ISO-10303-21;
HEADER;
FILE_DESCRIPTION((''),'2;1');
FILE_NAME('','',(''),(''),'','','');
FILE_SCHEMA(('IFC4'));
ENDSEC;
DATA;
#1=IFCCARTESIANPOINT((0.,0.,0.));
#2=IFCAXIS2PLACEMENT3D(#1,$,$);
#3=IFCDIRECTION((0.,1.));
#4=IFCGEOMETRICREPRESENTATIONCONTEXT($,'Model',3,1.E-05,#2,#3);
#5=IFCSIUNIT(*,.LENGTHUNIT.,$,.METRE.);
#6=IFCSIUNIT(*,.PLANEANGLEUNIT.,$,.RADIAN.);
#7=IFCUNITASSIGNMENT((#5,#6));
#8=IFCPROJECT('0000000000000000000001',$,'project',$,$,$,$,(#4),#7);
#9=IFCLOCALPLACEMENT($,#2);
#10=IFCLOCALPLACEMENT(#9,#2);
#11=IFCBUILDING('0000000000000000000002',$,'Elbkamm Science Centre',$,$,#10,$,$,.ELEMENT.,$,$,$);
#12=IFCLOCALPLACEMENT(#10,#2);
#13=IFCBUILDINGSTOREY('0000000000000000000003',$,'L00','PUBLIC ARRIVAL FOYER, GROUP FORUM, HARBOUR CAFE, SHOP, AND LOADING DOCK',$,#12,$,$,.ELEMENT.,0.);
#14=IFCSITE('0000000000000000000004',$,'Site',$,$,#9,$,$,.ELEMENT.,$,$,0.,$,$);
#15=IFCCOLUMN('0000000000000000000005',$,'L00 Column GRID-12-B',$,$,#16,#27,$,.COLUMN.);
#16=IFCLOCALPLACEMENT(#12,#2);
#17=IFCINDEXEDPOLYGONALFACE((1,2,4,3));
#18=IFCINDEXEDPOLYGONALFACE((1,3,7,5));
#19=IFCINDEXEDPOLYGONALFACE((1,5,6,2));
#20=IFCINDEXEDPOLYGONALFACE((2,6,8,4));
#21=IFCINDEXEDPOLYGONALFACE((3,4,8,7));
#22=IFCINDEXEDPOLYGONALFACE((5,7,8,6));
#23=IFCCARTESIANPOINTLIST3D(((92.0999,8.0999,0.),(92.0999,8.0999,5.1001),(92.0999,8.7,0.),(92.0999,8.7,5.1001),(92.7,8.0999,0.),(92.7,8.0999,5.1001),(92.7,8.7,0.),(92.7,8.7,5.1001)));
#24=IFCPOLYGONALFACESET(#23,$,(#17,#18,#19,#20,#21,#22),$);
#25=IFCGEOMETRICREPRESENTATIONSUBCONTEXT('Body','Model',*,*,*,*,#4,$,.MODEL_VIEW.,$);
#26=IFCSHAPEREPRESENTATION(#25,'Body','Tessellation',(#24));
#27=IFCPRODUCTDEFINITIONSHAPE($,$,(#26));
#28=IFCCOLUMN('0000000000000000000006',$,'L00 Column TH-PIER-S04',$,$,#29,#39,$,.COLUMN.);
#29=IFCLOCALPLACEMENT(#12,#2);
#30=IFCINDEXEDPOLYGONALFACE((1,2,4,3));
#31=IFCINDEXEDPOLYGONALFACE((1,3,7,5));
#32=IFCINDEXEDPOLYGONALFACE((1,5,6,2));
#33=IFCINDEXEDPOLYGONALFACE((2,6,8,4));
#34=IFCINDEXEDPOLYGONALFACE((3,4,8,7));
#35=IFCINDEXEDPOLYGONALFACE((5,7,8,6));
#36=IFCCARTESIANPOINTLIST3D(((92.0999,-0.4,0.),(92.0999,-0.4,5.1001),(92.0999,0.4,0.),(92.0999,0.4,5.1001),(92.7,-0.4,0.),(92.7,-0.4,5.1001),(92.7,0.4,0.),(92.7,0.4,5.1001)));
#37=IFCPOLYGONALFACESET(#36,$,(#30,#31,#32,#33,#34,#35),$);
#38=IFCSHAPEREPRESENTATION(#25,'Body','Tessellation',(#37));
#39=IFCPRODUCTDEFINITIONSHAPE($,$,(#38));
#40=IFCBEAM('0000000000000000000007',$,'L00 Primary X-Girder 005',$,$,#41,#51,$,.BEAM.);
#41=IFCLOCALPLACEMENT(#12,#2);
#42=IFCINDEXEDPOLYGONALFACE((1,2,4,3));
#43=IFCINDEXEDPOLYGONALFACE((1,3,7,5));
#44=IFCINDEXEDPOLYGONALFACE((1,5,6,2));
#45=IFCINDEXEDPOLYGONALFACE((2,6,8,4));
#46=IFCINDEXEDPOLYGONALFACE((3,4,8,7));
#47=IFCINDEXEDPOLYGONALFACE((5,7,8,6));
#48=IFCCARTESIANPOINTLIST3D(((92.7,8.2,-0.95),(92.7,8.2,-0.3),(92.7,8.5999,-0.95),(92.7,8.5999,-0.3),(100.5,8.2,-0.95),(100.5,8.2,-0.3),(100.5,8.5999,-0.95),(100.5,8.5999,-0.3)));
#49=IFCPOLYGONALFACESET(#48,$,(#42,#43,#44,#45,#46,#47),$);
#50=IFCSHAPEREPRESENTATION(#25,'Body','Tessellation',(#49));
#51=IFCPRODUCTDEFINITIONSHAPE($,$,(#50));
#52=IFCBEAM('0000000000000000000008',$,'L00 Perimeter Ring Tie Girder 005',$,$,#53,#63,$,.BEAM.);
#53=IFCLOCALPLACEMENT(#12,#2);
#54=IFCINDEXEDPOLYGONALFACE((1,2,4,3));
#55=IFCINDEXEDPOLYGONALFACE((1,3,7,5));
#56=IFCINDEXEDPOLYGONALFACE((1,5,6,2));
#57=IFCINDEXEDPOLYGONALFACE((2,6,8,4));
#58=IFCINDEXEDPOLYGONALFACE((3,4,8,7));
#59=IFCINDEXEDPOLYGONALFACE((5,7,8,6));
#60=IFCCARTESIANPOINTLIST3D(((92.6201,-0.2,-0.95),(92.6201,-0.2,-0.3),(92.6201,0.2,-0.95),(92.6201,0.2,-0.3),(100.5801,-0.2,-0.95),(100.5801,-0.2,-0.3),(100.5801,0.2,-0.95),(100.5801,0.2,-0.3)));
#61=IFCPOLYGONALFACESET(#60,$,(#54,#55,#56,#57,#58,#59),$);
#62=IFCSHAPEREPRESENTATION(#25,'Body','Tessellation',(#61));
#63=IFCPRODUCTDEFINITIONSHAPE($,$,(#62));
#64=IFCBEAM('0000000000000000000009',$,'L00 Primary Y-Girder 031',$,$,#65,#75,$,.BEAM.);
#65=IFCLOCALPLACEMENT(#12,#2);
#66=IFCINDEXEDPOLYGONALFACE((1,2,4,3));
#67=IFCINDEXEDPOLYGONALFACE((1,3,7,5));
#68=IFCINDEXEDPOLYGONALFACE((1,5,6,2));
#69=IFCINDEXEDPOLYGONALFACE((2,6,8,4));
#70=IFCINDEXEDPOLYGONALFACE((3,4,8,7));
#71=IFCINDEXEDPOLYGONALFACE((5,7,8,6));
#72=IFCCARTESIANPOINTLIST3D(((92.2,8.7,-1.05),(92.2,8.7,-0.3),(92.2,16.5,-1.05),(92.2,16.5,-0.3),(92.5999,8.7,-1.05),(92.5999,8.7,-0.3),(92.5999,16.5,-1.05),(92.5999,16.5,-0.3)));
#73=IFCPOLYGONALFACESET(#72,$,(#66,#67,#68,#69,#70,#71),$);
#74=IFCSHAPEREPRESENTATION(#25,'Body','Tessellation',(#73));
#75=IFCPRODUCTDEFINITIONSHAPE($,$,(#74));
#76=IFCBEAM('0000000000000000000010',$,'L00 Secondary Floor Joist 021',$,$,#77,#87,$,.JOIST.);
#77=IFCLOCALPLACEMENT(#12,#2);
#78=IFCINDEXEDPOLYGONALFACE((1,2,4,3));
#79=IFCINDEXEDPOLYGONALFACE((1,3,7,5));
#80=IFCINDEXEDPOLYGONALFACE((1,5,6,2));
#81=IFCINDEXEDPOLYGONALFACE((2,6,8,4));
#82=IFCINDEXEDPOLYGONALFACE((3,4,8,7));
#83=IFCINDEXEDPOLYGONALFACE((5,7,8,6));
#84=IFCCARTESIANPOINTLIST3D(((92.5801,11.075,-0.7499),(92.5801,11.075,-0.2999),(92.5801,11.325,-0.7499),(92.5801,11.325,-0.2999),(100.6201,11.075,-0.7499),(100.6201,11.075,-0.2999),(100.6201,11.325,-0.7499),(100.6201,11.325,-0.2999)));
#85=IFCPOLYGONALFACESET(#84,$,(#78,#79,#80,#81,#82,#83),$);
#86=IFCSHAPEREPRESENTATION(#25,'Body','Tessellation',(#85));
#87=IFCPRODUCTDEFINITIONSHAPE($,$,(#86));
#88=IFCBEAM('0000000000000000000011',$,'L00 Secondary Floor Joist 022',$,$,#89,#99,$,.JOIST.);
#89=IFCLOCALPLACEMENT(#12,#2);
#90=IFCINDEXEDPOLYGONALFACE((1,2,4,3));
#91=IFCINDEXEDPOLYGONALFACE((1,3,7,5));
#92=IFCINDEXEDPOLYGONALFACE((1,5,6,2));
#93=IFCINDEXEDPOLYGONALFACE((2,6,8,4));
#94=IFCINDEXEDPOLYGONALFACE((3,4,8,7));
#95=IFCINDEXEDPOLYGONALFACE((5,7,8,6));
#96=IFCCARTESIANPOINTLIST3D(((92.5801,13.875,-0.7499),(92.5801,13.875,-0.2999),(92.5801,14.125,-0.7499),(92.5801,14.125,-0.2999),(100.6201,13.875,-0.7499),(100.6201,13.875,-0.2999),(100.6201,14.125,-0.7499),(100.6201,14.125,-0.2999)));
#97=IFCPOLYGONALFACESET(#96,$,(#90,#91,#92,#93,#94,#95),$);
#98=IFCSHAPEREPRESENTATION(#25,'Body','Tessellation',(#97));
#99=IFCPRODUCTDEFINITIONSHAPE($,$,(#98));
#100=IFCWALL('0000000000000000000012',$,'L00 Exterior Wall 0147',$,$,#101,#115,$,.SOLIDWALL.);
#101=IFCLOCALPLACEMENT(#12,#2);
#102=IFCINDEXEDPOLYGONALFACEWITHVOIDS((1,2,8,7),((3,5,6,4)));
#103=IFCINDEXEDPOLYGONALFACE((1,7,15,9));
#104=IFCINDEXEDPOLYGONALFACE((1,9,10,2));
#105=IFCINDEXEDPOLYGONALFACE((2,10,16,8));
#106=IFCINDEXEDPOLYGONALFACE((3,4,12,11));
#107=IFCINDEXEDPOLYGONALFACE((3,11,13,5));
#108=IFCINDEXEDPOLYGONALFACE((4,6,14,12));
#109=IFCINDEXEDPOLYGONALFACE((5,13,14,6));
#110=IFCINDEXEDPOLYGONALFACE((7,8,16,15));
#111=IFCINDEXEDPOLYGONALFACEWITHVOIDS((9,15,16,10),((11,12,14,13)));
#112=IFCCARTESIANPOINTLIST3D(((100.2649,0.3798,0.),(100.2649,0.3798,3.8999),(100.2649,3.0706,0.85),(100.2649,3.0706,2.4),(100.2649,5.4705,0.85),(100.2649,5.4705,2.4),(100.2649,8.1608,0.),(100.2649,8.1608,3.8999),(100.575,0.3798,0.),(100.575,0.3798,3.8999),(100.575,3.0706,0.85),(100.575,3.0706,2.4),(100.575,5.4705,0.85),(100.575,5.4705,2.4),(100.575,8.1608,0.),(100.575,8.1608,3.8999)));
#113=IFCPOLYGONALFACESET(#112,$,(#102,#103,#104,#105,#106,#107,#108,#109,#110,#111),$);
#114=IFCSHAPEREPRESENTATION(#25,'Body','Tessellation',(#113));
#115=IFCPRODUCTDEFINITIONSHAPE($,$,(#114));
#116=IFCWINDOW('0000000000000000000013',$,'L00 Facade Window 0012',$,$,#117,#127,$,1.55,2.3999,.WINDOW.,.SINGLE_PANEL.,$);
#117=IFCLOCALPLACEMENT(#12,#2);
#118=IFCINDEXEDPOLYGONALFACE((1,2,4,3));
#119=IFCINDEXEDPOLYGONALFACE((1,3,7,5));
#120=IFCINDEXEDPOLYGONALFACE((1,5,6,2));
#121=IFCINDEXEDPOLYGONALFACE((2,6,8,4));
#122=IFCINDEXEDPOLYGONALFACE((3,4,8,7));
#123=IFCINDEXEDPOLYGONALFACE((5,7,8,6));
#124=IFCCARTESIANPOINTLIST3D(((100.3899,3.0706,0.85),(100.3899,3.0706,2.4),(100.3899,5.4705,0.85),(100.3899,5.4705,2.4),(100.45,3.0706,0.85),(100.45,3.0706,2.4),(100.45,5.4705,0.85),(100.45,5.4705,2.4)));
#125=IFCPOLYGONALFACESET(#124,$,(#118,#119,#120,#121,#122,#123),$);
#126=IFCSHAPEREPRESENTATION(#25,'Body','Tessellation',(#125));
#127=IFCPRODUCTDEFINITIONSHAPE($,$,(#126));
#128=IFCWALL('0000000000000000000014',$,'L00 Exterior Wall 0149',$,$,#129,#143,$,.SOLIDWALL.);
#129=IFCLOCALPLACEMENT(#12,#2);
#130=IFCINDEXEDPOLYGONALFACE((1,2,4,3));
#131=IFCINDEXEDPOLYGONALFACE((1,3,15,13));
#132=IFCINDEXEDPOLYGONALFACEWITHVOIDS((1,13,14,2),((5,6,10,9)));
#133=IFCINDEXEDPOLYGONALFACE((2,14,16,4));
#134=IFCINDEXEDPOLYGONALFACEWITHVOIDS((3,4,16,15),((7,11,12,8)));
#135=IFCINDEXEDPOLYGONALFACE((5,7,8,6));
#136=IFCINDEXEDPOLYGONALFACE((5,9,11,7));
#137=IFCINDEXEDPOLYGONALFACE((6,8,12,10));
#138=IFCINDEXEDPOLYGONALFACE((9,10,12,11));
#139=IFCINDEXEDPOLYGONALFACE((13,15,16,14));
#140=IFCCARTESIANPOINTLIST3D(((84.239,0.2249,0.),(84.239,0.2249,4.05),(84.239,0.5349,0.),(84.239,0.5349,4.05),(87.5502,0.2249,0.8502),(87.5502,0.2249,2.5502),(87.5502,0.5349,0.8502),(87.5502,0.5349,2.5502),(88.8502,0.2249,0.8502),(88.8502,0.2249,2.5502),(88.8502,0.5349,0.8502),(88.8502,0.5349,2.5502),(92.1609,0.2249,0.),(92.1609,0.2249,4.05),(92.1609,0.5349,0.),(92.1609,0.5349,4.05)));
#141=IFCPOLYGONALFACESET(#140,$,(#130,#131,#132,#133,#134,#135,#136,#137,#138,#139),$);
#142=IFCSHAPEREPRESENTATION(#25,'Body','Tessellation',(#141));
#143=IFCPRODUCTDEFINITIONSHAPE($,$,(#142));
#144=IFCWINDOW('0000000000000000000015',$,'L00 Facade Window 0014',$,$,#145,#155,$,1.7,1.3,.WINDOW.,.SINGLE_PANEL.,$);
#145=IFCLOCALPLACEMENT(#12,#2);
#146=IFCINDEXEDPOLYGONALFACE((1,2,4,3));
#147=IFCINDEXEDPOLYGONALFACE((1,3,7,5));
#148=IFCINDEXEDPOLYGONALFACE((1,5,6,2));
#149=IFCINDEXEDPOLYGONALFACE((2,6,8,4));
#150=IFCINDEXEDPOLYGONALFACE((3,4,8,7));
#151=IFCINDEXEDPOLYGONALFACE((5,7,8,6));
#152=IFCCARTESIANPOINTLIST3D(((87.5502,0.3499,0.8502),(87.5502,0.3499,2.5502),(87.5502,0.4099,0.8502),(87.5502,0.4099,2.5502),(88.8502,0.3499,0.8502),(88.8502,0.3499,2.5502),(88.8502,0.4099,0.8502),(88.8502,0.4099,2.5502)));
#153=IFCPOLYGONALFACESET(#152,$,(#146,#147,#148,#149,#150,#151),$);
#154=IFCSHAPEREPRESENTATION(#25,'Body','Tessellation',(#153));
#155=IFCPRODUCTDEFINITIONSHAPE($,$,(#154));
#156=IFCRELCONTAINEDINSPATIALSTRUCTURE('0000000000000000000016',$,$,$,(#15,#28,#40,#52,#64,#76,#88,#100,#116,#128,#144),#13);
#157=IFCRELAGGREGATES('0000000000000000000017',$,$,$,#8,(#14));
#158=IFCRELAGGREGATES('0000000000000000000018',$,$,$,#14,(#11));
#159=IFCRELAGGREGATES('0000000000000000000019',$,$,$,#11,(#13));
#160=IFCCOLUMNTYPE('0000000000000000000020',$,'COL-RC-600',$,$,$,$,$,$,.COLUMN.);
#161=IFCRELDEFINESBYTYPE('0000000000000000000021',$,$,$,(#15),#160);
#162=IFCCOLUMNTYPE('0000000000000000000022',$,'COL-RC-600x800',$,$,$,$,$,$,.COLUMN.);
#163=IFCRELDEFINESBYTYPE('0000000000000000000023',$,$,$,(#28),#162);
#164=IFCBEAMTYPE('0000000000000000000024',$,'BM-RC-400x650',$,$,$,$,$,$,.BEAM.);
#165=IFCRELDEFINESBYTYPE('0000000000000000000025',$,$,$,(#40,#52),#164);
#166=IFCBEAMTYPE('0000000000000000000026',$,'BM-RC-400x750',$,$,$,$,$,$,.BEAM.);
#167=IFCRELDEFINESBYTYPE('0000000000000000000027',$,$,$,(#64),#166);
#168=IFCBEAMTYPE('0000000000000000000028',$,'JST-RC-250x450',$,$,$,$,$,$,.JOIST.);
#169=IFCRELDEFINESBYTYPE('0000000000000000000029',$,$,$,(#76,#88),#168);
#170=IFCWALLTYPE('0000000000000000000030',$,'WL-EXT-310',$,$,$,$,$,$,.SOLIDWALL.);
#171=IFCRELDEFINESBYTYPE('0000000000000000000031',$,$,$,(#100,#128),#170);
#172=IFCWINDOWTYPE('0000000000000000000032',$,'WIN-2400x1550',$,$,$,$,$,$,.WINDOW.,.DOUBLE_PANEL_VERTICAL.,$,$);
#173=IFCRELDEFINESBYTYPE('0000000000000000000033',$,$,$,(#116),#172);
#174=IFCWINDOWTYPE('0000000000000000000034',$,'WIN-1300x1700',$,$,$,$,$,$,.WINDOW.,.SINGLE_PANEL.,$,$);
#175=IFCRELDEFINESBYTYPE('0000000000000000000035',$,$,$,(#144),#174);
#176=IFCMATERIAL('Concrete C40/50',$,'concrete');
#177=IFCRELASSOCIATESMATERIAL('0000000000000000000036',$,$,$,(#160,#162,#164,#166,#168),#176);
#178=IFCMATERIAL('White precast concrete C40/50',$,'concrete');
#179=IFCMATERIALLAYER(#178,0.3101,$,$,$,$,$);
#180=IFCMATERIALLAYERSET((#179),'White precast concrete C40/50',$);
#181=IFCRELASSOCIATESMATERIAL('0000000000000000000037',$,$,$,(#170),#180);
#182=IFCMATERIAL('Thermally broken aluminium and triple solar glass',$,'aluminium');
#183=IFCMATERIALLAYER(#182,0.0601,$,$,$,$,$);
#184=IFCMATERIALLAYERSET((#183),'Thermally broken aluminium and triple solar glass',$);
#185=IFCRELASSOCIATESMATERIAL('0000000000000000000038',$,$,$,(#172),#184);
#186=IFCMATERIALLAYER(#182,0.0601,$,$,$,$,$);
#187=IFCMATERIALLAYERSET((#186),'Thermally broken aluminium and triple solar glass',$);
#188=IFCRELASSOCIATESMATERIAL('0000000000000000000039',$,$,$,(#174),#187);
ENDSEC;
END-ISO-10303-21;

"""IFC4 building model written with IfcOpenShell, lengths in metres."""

from ifc_helpers import new_model, si_unit, direction, frame, frame_2d, origin, origin_2d, place, context, subcontext, project, spatial, rectangle, extrude, material, layer, layer_set, material_profile, profile_set, type_object, element, fill, save


model = new_model("IFC4")

# Units and contexts
model_context = context("Model", 3, precision=1e-05, world=origin(), true_north=direction((0.0, 1.0)))
body_context = subcontext(model_context, "Body", "Model", "MODEL_VIEW")
ifc_project = project(units=[si_unit("LENGTHUNIT", "METRE"), si_unit("PLANEANGLEUNIT", "RADIAN")], contexts=[model_context])

# Site, building, storey
site_placement = place(None, origin())
site = spatial("IfcSite", under=ifc_project, at=site_placement, Name="Site", CompositionType="ELEMENT", RefElevation=0.0)
building_placement = place(site_placement, origin())
building = spatial("IfcBuilding", under=site, at=building_placement, Name="Elbkamm Science Centre", CompositionType="ELEMENT")
storey_placement = place(building_placement, origin())
storey = spatial("IfcBuildingStorey", under=building, at=storey_placement, Name="L00", Description="PUBLIC ARRIVAL FOYER, GROUP FORUM, HARBOUR CAFE, SHOP, AND LOADING DOCK", CompositionType="ELEMENT", Elevation=0.0)

# Columns
ifc_material_1 = material(Name="Concrete C40/50", Category="concrete")
ifc_material_profile_1 = material_profile(ifc_material_1, rectangle(XDim=0.6001, YDim=0.6001, at=origin_2d()), Name="RC 600x600")
ifc_profile_set_1 = profile_set([ifc_material_profile_1], Name="Concrete C40/50")
column_type_1 = type_object("IfcColumnType", Name="COL-RC-600", PredefinedType="COLUMN", material=ifc_profile_set_1)
column_1_placement = place(storey_placement, frame((92.3999, 8.3999, 0.0), z_axis=(0.0, 0.0, 1.0), x_axis=(1.0, 0.0, 0.0)))
element("IfcColumn", 1, at=column_1_placement, inside=storey, type_object=column_type_1, Name="L00 Column GRID-12-B", PredefinedType="COLUMN", context=body_context, shape_type="SweptSolid", body=[
    extrude(rectangle(XDim=0.6001, YDim=0.6001, at=origin_2d()), origin(), (0.0, 0.0, 1.0), 5.1001),
])
ifc_material_profile_2 = material_profile(ifc_material_1, rectangle(XDim=0.6001, YDim=0.8, at=origin_2d()), Name="RC 600x800")
ifc_profile_set_2 = profile_set([ifc_material_profile_2], Name="Concrete C40/50")
column_type_2 = type_object("IfcColumnType", Name="COL-RC-600x800", PredefinedType="COLUMN", material=ifc_profile_set_2)
column_2_placement = place(storey_placement, frame((92.3999, 0.0, 0.0), z_axis=(0.0, 0.0, 1.0), x_axis=(1.0, 0.0, 0.0)))
element("IfcColumn", 2, at=column_2_placement, inside=storey, type_object=column_type_2, Name="L00 Column TH-PIER-S04", PredefinedType="COLUMN", context=body_context, shape_type="SweptSolid", body=[
    extrude(rectangle(XDim=0.6001, YDim=0.8, at=origin_2d()), origin(), (0.0, 0.0, 1.0), 5.1001),
])

# Beams
ifc_material_profile_3 = material_profile(ifc_material_1, rectangle(XDim=0.3999, YDim=0.6499, at=origin_2d()), Name="RC 400x650")
ifc_profile_set_3 = profile_set([ifc_material_profile_3], Name="Concrete C40/50")
beam_type_1 = type_object("IfcBeamType", Name="BM-RC-400x650", PredefinedType="BEAM", material=ifc_profile_set_3)
beam_1_placement = place(storey_placement, frame((92.7, 8.3999, -0.625), z_axis=(1.0, 0.0, 0.0), x_axis=(0.0, 1.0, 0.0)))
element("IfcBeam", 3, at=beam_1_placement, inside=storey, type_object=beam_type_1, Name="L00 Primary X-Girder 005", PredefinedType="BEAM", context=body_context, shape_type="SweptSolid", body=[
    extrude(rectangle(XDim=0.3999, YDim=0.6499, at=origin_2d()), origin(), (0.0, 0.0, 1.0), 7.8),
])
beam_2_placement = place(storey_placement, frame((92.6201, 0.0, -0.625), z_axis=(1.0, 0.0, 0.0), x_axis=(0.0, 1.0, 0.0)))
element("IfcBeam", 4, at=beam_2_placement, inside=storey, type_object=beam_type_1, Name="L00 Perimeter Ring Tie Girder 005", PredefinedType="BEAM", context=body_context, shape_type="SweptSolid", body=[
    extrude(rectangle(XDim=0.3999, YDim=0.6499, at=origin_2d()), origin(), (0.0, 0.0, 1.0), 7.96),
])
ifc_material_profile_4 = material_profile(ifc_material_1, rectangle(XDim=0.3999, YDim=0.75, at=origin_2d()), Name="RC 400x750")
ifc_profile_set_4 = profile_set([ifc_material_profile_4], Name="Concrete C40/50")
beam_type_2 = type_object("IfcBeamType", Name="BM-RC-400x750", PredefinedType="BEAM", material=ifc_profile_set_4)
beam_3_placement = place(storey_placement, frame((92.3999, 8.7, -0.675), z_axis=(0.0, 1.0, 0.0), x_axis=(-1.0, 0.0, 0.0)))
element("IfcBeam", 5, at=beam_3_placement, inside=storey, type_object=beam_type_2, Name="L00 Primary Y-Girder 031", PredefinedType="BEAM", context=body_context, shape_type="SweptSolid", body=[
    extrude(rectangle(XDim=0.3999, YDim=0.75, at=origin_2d()), origin(), (0.0, 0.0, 1.0), 7.8),
])
ifc_material_profile_5 = material_profile(ifc_material_1, rectangle(XDim=0.25, YDim=0.45, at=origin_2d()), Name="RC 250x450")
ifc_profile_set_5 = profile_set([ifc_material_profile_5], Name="Concrete C40/50")
beam_type_3 = type_object("IfcBeamType", Name="JST-RC-250x450", PredefinedType="JOIST", material=ifc_profile_set_5)
for number, where, z_axis, x_axis, name in (
    (6, (92.5801, 11.2, -0.5249), (1.0, 0.0, 0.0), (0.0, 1.0, 0.0), "L00 Secondary Floor Joist 021"),
    (7, (92.5801, 14.0, -0.5249), (1.0, 0.0, 0.0), (0.0, 1.0, 0.0), "L00 Secondary Floor Joist 022"),
):
    element("IfcBeam", number, at=place(storey_placement, frame(where, z_axis=z_axis, x_axis=x_axis)), inside=storey, type_object=beam_type_3, Name=name, PredefinedType="JOIST", context=body_context, shape_type="SweptSolid", body=[
        extrude(rectangle(XDim=0.25, YDim=0.45, at=origin_2d()), origin(), (0.0, 0.0, 1.0), 8.04),
    ])

# Walls, openings, windows
ifc_material_2 = material(Name="White precast concrete C40/50", Category="concrete")
ifc_layer_1 = layer(ifc_material_2, 0.3101)
ifc_layer_set_1 = layer_set([ifc_layer_1], Name="White precast concrete C40/50")
wall_type_1 = type_object("IfcWallType", Name="WL-EXT-310", PredefinedType="SOLIDWALL", material=ifc_layer_set_1)
wall_1_placement = place(storey_placement, frame((100.4199, 8.1609, 0.0), z_axis=(0.0, 0.0, 1.0), x_axis=(0.0, -1.0, 0.0)))
wall_1 = element("IfcWall", 8, at=wall_1_placement, inside=storey, type_object=wall_type_1, Name="L00 Exterior Wall 0147", PredefinedType="SOLIDWALL", context=body_context, shape_type="SweptSolid", body=[
    extrude(rectangle(XDim=7.781, YDim=0.3101, at=frame_2d((3.8906, 0.0))), origin(), (0.0, 0.0, 1.0), 3.8999),
])
opening_1_placement = place(wall_1_placement, frame((2.6904, 0.0, 0.8501)))
opening_1 = element("IfcOpeningElement", 9, at=opening_1_placement, cuts=wall_1, PredefinedType="OPENING", context=body_context, shape_type="SweptSolid", body=[
    extrude(rectangle(XDim=2.3999, YDim=1.55, at=frame_2d((1.2, 0.7749))), frame((0.0, 0.167, 0.0), z_axis=(0.0, -1.0, 0.0), x_axis=(1.0, 0.0, 0.0)), (0.0, 0.0, 1.0), 0.334),
])
ifc_material_3 = material(Name="Thermally broken aluminium and triple solar glass", Category="aluminium")
ifc_layer_2 = layer(ifc_material_3, 0.0601)
ifc_layer_set_2 = layer_set([ifc_layer_2], Name="Thermally broken aluminium and triple solar glass")
window_type_1 = type_object("IfcWindowType", Name="WIN-2400x1550", PartitioningType="DOUBLE_PANEL_VERTICAL", PredefinedType="WINDOW", material=ifc_layer_set_2)
window_1_placement = place(opening_1_placement, origin())
window_1 = element("IfcWindow", 10, at=window_1_placement, inside=storey, type_object=window_type_1, Name="L00 Facade Window 0012", OverallHeight=1.55, OverallWidth=2.3999, PartitioningType="SINGLE_PANEL", PredefinedType="WINDOW", context=body_context, shape_type="SweptSolid", body=[
    extrude(rectangle(XDim=2.3999, YDim=1.55, at=frame_2d((1.2, 0.7749))), frame((0.0, 0.03, 0.0), z_axis=(0.0, -1.0, 0.0), x_axis=(1.0, 0.0, 0.0)), (0.0, 0.0, 1.0), 0.0601),
])
fill(opening_1, window_1)
wall_2_placement = place(storey_placement, frame((92.1609, 0.3799, 0.0), z_axis=(0.0, 0.0, 1.0), x_axis=(-1.0, 0.0, 0.0)))
wall_2 = element("IfcWall", 11, at=wall_2_placement, inside=storey, type_object=wall_type_1, Name="L00 Exterior Wall 0149", PredefinedType="SOLIDWALL", context=body_context, shape_type="SweptSolid", body=[
    extrude(rectangle(XDim=7.9219, YDim=0.3101, at=frame_2d((3.9609, 0.0))), origin(), (0.0, 0.0, 1.0), 4.05),
])
opening_2_placement = place(wall_2_placement, frame((3.3108, 0.0, 0.8501)))
opening_2 = element("IfcOpeningElement", 12, at=opening_2_placement, cuts=wall_2, PredefinedType="OPENING", context=body_context, shape_type="SweptSolid", body=[
    extrude(rectangle(XDim=1.3, YDim=1.7, at=frame_2d((0.6499, 0.8501))), frame((0.0, 0.167, 0.0), z_axis=(0.0, -1.0, 0.0), x_axis=(1.0, 0.0, 0.0)), (0.0, 0.0, 1.0), 0.334),
])
ifc_layer_3 = layer(ifc_material_3, 0.0601)
ifc_layer_set_3 = layer_set([ifc_layer_3], Name="Thermally broken aluminium and triple solar glass")
window_type_2 = type_object("IfcWindowType", Name="WIN-1300x1700", PartitioningType="SINGLE_PANEL", PredefinedType="WINDOW", material=ifc_layer_set_3)
window_2_placement = place(opening_2_placement, origin())
window_2 = element("IfcWindow", 13, at=window_2_placement, inside=storey, type_object=window_type_2, Name="L00 Facade Window 0014", OverallHeight=1.7, OverallWidth=1.3, PartitioningType="SINGLE_PANEL", PredefinedType="WINDOW", context=body_context, shape_type="SweptSolid", body=[
    extrude(rectangle(XDim=1.3, YDim=1.7, at=frame_2d((0.6499, 0.8501))), frame((0.0, 0.03, 0.0), z_axis=(0.0, -1.0, 0.0), x_axis=(1.0, 0.0, 0.0)), (0.0, 0.0, 1.0), 0.0601),
])
fill(opening_2, window_2)

save(model, "model.ifc")
